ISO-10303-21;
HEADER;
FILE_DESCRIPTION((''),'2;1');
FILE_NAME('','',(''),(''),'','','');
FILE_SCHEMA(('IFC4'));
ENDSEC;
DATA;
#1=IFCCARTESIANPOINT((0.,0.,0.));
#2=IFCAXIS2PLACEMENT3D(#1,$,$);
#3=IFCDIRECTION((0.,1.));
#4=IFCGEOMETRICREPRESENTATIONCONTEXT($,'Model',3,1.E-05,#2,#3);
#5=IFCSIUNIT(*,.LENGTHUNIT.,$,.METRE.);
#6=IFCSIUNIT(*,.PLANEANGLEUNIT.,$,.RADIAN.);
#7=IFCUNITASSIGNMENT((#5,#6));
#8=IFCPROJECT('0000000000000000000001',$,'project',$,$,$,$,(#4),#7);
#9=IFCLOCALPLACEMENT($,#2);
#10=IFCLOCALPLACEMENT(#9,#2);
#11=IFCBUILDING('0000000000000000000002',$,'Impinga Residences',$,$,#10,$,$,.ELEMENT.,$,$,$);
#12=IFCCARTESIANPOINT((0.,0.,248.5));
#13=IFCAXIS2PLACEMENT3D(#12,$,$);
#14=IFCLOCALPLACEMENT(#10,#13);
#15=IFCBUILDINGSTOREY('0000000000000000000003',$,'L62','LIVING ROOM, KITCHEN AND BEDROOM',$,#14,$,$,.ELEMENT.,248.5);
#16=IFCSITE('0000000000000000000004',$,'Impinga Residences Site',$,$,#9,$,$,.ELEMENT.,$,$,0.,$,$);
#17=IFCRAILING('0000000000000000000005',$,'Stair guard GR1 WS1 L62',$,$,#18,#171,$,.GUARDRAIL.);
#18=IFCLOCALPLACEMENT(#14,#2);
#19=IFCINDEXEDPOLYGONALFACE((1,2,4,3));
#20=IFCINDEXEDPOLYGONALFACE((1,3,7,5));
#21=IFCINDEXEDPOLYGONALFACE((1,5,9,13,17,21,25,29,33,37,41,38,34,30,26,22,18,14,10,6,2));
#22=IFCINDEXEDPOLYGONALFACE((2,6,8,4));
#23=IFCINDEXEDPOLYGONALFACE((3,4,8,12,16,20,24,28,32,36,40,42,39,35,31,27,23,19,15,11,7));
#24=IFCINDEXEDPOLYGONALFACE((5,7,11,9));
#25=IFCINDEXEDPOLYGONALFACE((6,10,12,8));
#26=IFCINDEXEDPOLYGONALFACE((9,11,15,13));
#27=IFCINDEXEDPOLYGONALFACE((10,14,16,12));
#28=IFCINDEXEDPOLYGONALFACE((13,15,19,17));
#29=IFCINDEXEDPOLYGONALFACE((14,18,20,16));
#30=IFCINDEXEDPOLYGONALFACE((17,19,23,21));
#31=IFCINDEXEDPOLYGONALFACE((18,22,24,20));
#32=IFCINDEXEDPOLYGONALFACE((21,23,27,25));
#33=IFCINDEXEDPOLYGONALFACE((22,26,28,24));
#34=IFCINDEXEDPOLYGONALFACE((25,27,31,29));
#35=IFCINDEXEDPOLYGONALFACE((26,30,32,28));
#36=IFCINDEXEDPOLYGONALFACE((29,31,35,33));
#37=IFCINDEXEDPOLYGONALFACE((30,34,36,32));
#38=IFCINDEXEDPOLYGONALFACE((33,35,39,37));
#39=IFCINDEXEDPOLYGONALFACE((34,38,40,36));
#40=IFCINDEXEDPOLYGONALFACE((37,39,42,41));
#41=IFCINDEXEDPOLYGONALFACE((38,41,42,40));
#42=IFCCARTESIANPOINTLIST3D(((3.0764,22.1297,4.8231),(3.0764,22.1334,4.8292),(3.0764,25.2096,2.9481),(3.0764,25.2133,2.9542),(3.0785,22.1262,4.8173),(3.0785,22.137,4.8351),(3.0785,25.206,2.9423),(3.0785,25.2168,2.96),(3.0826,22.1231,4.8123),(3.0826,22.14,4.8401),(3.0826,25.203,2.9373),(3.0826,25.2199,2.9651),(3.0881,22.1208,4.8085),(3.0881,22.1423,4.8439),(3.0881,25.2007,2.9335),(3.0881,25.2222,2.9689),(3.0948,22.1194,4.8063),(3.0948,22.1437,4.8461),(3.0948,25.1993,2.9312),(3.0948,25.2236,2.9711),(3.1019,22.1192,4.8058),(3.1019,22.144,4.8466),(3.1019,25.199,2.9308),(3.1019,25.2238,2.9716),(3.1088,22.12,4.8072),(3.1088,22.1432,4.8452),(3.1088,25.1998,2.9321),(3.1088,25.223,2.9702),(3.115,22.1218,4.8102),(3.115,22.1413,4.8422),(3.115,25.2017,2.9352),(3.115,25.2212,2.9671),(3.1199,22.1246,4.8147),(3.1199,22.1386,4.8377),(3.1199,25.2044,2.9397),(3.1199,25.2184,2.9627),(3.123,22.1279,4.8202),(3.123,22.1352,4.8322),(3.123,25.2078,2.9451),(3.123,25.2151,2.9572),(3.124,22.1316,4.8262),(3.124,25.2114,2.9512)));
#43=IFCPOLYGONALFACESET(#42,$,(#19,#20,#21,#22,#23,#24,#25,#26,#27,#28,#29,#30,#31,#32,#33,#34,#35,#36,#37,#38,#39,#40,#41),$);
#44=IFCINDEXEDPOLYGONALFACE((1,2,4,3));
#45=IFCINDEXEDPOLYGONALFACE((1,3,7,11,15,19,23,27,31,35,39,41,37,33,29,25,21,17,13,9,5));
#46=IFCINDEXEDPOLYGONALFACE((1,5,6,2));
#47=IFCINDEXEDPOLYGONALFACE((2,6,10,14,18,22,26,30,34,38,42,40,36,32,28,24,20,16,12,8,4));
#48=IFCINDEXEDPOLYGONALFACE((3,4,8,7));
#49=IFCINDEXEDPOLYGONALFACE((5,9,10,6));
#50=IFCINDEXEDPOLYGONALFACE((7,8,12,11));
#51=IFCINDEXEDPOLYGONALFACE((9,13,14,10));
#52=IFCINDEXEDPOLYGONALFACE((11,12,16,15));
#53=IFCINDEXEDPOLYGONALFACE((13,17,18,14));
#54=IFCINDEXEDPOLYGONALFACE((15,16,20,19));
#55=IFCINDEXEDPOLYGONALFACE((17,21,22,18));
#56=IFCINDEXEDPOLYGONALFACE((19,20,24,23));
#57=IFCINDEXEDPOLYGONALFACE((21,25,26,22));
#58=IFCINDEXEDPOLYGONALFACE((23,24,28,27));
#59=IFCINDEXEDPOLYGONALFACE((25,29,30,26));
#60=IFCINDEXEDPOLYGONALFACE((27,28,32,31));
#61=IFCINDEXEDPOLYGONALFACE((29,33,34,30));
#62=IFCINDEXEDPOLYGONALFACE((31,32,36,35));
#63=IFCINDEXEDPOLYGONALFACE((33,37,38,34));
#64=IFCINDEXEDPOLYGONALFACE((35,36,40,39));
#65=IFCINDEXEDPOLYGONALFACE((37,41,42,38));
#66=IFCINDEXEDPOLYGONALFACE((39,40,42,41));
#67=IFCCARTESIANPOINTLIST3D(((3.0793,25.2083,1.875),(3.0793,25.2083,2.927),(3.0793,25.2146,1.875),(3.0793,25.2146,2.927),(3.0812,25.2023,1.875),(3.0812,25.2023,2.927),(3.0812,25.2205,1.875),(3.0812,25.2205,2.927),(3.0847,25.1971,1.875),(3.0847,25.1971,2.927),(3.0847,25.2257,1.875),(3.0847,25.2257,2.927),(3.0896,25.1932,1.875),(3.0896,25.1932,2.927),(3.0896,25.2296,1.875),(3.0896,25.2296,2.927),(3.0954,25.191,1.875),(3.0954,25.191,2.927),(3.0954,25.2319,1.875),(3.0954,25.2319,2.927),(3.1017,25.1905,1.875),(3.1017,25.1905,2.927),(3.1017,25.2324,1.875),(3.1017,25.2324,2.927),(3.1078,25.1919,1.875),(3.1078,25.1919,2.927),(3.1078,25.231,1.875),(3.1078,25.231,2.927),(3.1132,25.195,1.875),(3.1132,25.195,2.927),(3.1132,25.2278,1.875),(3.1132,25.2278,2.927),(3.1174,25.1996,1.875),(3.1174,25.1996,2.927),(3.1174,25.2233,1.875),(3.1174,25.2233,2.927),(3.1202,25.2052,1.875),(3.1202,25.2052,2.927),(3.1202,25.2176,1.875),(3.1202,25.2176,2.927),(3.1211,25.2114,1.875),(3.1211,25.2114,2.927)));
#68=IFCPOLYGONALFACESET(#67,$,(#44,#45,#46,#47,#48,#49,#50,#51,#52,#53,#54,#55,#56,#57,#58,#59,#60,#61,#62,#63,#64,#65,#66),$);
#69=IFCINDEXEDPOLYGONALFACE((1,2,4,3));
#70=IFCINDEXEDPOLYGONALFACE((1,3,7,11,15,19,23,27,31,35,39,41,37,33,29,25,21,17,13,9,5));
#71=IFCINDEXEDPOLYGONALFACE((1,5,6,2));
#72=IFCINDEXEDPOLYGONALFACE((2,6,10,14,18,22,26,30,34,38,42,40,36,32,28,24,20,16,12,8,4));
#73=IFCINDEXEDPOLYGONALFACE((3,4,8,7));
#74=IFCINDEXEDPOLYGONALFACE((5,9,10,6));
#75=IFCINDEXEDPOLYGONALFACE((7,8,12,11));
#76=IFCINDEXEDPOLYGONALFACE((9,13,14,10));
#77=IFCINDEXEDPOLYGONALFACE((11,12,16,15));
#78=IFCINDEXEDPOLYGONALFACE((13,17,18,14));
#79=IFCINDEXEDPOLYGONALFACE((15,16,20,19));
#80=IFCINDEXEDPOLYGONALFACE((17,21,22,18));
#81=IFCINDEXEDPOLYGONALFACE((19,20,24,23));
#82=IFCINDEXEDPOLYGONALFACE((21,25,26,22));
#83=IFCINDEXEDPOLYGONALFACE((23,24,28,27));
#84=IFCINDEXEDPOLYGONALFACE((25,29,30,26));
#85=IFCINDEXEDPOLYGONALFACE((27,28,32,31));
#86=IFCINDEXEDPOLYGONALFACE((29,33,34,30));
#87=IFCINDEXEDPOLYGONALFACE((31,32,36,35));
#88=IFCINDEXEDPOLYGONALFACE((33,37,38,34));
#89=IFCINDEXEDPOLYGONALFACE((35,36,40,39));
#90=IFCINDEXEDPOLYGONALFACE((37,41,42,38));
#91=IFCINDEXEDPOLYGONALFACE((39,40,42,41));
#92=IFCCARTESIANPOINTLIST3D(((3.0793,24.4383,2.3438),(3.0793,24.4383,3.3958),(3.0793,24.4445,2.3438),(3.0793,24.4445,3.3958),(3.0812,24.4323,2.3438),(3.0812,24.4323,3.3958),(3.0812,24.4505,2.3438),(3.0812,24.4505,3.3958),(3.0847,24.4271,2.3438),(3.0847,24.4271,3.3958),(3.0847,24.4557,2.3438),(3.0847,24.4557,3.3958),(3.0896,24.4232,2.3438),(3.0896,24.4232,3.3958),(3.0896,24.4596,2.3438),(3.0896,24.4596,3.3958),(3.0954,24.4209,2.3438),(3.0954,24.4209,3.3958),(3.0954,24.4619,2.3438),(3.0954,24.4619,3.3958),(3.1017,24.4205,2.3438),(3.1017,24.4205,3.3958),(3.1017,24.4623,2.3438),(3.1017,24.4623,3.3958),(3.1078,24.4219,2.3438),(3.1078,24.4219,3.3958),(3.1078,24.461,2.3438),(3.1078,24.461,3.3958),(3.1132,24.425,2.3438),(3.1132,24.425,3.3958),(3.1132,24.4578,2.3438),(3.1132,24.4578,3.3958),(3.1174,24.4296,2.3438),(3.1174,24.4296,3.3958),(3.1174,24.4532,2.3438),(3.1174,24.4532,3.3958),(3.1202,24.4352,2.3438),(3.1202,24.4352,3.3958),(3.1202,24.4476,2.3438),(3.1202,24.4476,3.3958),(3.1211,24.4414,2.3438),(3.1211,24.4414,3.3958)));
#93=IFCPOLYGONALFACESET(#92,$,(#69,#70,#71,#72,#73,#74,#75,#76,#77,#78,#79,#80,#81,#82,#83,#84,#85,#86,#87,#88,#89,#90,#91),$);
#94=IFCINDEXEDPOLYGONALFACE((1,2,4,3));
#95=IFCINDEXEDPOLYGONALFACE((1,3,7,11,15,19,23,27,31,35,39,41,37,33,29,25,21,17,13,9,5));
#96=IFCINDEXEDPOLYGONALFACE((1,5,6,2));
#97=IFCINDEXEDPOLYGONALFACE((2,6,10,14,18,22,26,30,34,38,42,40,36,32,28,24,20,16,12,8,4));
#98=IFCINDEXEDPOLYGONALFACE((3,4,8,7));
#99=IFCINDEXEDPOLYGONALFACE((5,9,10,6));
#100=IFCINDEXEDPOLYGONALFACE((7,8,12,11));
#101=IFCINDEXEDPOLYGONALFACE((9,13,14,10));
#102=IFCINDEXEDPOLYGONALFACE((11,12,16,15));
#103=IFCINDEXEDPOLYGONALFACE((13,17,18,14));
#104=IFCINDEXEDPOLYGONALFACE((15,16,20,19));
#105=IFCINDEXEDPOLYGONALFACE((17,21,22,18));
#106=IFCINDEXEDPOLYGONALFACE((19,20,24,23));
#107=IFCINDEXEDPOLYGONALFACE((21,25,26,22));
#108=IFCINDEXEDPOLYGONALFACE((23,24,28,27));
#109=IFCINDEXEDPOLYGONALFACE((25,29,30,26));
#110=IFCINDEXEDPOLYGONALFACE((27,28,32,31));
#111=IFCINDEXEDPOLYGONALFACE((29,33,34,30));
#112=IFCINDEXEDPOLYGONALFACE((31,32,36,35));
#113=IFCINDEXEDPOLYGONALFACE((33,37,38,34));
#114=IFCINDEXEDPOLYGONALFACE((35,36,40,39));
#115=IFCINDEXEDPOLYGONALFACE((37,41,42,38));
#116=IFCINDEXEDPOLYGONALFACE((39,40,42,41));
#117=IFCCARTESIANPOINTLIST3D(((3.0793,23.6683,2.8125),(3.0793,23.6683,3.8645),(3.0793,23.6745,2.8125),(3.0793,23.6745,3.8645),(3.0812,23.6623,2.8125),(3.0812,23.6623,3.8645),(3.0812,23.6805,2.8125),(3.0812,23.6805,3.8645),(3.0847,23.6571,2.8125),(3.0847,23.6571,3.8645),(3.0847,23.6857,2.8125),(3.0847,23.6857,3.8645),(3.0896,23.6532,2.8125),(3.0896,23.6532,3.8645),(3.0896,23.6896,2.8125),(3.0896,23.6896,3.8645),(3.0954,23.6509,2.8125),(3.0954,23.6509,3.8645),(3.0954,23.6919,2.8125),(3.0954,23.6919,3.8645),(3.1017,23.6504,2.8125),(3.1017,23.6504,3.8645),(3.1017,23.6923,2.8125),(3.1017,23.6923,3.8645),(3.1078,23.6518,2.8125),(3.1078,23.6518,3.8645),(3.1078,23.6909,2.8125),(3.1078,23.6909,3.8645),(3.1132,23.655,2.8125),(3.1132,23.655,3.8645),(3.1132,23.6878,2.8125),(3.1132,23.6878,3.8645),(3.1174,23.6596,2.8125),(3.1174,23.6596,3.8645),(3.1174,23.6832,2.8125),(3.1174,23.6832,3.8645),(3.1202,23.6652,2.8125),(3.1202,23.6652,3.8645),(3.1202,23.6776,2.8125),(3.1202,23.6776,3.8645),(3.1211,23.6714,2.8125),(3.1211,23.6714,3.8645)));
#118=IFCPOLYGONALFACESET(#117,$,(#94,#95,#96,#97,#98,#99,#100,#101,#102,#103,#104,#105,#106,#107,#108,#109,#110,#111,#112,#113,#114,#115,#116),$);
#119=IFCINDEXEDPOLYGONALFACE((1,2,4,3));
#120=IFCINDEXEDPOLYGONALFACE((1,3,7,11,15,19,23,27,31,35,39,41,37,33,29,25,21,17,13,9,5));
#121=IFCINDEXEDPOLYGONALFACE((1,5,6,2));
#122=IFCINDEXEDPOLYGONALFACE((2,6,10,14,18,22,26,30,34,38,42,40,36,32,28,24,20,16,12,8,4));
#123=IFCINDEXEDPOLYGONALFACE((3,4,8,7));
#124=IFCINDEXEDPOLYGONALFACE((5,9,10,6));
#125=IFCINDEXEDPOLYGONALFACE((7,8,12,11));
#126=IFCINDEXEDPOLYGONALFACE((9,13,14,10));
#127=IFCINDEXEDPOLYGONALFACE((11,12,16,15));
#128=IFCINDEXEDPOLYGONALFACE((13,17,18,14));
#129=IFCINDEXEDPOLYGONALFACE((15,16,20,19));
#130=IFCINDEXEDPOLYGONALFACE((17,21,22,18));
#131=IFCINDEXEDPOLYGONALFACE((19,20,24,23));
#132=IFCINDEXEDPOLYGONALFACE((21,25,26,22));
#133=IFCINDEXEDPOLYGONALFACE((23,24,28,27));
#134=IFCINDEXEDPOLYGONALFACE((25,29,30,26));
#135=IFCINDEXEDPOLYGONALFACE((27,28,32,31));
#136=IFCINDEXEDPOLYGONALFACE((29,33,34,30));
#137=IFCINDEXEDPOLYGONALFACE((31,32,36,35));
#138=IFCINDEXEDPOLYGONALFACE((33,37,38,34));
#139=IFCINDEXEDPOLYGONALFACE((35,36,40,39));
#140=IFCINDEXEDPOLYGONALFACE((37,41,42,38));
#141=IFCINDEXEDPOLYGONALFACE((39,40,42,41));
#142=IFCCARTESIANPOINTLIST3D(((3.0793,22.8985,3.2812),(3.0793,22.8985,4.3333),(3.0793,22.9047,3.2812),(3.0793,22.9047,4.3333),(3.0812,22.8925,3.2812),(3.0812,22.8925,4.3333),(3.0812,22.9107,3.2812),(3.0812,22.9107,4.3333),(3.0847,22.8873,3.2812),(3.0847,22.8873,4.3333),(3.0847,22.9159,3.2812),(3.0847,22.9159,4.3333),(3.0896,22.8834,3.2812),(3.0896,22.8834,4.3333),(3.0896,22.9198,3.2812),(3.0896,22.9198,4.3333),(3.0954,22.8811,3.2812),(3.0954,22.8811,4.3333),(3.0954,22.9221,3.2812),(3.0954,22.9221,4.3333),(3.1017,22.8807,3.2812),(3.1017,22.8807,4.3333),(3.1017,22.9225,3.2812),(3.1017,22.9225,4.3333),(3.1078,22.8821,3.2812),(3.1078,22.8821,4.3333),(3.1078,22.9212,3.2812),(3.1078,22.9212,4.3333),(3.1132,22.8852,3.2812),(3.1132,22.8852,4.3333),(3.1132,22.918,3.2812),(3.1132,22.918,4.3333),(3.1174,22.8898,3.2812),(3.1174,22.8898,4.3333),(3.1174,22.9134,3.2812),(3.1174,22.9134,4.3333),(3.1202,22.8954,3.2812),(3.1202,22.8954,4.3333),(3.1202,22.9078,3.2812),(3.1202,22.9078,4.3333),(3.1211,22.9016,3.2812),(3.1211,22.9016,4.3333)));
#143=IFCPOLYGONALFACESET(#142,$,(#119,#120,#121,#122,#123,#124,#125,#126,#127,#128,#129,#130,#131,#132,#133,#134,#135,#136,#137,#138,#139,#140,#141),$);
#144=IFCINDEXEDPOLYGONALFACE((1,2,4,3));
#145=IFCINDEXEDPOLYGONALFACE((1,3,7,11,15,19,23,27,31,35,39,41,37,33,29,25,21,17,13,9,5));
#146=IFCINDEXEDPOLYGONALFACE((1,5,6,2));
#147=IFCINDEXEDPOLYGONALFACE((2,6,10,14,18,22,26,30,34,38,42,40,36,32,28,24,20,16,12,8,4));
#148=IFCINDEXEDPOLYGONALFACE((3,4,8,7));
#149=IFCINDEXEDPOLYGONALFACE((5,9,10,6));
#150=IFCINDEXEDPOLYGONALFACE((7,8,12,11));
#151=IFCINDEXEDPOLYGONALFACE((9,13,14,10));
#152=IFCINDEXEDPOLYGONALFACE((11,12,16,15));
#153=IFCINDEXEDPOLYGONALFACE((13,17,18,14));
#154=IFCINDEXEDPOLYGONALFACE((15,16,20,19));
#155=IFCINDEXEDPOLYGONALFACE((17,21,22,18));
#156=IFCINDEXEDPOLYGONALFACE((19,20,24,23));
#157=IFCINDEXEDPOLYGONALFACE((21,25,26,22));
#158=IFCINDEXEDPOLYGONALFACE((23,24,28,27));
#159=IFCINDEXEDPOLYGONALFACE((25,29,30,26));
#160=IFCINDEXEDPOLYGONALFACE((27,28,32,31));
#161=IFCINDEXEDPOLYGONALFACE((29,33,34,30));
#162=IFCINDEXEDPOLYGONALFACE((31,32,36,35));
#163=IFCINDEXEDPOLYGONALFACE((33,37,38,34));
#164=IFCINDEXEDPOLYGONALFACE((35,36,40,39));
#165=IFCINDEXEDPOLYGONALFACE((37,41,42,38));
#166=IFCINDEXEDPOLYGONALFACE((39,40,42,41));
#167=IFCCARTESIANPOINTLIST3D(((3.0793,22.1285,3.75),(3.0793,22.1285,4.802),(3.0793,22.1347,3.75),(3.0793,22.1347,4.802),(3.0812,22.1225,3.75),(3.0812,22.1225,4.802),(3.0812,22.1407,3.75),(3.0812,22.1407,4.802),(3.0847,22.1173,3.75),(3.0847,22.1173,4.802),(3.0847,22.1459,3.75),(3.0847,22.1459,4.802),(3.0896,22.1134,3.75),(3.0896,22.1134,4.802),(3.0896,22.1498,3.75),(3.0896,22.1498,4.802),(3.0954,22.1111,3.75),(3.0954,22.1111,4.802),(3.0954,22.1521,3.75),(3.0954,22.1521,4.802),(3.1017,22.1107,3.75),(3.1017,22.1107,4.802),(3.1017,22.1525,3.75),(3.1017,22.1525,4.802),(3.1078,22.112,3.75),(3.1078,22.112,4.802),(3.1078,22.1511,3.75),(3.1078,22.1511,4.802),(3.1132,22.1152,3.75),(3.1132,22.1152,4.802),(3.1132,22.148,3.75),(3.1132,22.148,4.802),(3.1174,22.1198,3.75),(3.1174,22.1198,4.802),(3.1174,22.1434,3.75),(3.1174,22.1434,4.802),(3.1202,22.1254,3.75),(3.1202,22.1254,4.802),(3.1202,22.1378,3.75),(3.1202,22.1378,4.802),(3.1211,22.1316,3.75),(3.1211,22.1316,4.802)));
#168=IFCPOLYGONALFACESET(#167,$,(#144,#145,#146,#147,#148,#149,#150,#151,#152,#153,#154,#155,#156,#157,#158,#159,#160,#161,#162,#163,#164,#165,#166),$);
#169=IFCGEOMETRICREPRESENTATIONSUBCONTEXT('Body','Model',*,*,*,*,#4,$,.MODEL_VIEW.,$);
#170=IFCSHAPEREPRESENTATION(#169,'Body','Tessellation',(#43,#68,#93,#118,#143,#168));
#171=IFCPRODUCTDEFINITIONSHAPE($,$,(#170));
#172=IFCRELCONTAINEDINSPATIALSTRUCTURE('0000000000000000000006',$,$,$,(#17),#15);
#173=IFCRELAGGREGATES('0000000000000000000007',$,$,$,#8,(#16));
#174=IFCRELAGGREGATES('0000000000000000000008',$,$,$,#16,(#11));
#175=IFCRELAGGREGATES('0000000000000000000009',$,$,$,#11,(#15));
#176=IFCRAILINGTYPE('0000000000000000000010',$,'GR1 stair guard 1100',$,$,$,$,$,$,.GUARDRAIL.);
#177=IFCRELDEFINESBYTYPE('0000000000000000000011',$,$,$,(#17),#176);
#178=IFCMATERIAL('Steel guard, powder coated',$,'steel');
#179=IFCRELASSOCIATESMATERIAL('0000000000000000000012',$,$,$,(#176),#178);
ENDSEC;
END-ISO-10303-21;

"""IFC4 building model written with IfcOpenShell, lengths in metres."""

from ifc_helpers import new_model, si_unit, direction, frame, origin, origin_2d, place, context, subcontext, project, spatial, circle, extrude, material, type_object, element, save


model = new_model("IFC4")

# Units and contexts
model_context = context("Model", 3, precision=1e-05, world=origin(), true_north=direction((0.0, 1.0)))
body_context = subcontext(model_context, "Body", "Model", "MODEL_VIEW")
ifc_project = project(units=[si_unit("LENGTHUNIT", "METRE"), si_unit("PLANEANGLEUNIT", "RADIAN")], contexts=[model_context])

# Site, building, storey
site_placement = place(None, origin())
site = spatial("IfcSite", under=ifc_project, at=site_placement, Name="Impinga Residences Site", CompositionType="ELEMENT", RefElevation=0.0)
building_placement = place(site_placement, origin())
building = spatial("IfcBuilding", under=site, at=building_placement, Name="Impinga Residences", CompositionType="ELEMENT")
storey_placement = place(building_placement, frame((0.0, 0.0, 248.5)))
storey = spatial("IfcBuildingStorey", under=building, at=storey_placement, Name="L62", Description="LIVING ROOM, KITCHEN AND BEDROOM", CompositionType="ELEMENT", Elevation=248.5)

# Railing
ifc_material_1 = material(Name="Steel guard, powder coated", Category="steel")
railing_type_1 = type_object("IfcRailingType", Name="GR1 stair guard 1100", PredefinedType="GUARDRAIL", material=ifc_material_1)
railing_1_placement = place(storey_placement, frame((3.1001, 25.2114, 1.875)))
element("IfcRailing", 1, at=railing_1_placement, inside=storey, type_object=railing_type_1, Name="Stair guard GR1 WS1 L62", PredefinedType="GUARDRAIL", context=body_context, shape_type="SweptSolid", body=[
    extrude(circle(Radius=0.0239, at=origin_2d()), frame((0.0, 0.0, 1.0762), z_axis=(0.0, -0.854159, 0.520011), x_axis=(1.0, 0.0, 0.0)), (0.0, 0.0, 1.0), 3.6057),
    extrude(circle(Radius=0.021, at=origin_2d()), origin(), (0.0, 0.0, 1.0), 1.052),
    extrude(circle(Radius=0.021, at=origin_2d()), frame((0.0, -0.77, 0.4688)), (0.0, 0.0, 1.0), 1.052),
    extrude(circle(Radius=0.021, at=origin_2d()), frame((0.0, -1.54, 0.9375)), (0.0, 0.0, 1.0), 1.052),
    extrude(circle(Radius=0.021, at=origin_2d()), frame((0.0, -2.3098, 1.4062)), (0.0, 0.0, 1.0), 1.052),
    extrude(circle(Radius=0.021, at=origin_2d()), frame((0.0, -3.0798, 1.875)), (0.0, 0.0, 1.0), 1.052),
])

save(model, "model.ifc")
